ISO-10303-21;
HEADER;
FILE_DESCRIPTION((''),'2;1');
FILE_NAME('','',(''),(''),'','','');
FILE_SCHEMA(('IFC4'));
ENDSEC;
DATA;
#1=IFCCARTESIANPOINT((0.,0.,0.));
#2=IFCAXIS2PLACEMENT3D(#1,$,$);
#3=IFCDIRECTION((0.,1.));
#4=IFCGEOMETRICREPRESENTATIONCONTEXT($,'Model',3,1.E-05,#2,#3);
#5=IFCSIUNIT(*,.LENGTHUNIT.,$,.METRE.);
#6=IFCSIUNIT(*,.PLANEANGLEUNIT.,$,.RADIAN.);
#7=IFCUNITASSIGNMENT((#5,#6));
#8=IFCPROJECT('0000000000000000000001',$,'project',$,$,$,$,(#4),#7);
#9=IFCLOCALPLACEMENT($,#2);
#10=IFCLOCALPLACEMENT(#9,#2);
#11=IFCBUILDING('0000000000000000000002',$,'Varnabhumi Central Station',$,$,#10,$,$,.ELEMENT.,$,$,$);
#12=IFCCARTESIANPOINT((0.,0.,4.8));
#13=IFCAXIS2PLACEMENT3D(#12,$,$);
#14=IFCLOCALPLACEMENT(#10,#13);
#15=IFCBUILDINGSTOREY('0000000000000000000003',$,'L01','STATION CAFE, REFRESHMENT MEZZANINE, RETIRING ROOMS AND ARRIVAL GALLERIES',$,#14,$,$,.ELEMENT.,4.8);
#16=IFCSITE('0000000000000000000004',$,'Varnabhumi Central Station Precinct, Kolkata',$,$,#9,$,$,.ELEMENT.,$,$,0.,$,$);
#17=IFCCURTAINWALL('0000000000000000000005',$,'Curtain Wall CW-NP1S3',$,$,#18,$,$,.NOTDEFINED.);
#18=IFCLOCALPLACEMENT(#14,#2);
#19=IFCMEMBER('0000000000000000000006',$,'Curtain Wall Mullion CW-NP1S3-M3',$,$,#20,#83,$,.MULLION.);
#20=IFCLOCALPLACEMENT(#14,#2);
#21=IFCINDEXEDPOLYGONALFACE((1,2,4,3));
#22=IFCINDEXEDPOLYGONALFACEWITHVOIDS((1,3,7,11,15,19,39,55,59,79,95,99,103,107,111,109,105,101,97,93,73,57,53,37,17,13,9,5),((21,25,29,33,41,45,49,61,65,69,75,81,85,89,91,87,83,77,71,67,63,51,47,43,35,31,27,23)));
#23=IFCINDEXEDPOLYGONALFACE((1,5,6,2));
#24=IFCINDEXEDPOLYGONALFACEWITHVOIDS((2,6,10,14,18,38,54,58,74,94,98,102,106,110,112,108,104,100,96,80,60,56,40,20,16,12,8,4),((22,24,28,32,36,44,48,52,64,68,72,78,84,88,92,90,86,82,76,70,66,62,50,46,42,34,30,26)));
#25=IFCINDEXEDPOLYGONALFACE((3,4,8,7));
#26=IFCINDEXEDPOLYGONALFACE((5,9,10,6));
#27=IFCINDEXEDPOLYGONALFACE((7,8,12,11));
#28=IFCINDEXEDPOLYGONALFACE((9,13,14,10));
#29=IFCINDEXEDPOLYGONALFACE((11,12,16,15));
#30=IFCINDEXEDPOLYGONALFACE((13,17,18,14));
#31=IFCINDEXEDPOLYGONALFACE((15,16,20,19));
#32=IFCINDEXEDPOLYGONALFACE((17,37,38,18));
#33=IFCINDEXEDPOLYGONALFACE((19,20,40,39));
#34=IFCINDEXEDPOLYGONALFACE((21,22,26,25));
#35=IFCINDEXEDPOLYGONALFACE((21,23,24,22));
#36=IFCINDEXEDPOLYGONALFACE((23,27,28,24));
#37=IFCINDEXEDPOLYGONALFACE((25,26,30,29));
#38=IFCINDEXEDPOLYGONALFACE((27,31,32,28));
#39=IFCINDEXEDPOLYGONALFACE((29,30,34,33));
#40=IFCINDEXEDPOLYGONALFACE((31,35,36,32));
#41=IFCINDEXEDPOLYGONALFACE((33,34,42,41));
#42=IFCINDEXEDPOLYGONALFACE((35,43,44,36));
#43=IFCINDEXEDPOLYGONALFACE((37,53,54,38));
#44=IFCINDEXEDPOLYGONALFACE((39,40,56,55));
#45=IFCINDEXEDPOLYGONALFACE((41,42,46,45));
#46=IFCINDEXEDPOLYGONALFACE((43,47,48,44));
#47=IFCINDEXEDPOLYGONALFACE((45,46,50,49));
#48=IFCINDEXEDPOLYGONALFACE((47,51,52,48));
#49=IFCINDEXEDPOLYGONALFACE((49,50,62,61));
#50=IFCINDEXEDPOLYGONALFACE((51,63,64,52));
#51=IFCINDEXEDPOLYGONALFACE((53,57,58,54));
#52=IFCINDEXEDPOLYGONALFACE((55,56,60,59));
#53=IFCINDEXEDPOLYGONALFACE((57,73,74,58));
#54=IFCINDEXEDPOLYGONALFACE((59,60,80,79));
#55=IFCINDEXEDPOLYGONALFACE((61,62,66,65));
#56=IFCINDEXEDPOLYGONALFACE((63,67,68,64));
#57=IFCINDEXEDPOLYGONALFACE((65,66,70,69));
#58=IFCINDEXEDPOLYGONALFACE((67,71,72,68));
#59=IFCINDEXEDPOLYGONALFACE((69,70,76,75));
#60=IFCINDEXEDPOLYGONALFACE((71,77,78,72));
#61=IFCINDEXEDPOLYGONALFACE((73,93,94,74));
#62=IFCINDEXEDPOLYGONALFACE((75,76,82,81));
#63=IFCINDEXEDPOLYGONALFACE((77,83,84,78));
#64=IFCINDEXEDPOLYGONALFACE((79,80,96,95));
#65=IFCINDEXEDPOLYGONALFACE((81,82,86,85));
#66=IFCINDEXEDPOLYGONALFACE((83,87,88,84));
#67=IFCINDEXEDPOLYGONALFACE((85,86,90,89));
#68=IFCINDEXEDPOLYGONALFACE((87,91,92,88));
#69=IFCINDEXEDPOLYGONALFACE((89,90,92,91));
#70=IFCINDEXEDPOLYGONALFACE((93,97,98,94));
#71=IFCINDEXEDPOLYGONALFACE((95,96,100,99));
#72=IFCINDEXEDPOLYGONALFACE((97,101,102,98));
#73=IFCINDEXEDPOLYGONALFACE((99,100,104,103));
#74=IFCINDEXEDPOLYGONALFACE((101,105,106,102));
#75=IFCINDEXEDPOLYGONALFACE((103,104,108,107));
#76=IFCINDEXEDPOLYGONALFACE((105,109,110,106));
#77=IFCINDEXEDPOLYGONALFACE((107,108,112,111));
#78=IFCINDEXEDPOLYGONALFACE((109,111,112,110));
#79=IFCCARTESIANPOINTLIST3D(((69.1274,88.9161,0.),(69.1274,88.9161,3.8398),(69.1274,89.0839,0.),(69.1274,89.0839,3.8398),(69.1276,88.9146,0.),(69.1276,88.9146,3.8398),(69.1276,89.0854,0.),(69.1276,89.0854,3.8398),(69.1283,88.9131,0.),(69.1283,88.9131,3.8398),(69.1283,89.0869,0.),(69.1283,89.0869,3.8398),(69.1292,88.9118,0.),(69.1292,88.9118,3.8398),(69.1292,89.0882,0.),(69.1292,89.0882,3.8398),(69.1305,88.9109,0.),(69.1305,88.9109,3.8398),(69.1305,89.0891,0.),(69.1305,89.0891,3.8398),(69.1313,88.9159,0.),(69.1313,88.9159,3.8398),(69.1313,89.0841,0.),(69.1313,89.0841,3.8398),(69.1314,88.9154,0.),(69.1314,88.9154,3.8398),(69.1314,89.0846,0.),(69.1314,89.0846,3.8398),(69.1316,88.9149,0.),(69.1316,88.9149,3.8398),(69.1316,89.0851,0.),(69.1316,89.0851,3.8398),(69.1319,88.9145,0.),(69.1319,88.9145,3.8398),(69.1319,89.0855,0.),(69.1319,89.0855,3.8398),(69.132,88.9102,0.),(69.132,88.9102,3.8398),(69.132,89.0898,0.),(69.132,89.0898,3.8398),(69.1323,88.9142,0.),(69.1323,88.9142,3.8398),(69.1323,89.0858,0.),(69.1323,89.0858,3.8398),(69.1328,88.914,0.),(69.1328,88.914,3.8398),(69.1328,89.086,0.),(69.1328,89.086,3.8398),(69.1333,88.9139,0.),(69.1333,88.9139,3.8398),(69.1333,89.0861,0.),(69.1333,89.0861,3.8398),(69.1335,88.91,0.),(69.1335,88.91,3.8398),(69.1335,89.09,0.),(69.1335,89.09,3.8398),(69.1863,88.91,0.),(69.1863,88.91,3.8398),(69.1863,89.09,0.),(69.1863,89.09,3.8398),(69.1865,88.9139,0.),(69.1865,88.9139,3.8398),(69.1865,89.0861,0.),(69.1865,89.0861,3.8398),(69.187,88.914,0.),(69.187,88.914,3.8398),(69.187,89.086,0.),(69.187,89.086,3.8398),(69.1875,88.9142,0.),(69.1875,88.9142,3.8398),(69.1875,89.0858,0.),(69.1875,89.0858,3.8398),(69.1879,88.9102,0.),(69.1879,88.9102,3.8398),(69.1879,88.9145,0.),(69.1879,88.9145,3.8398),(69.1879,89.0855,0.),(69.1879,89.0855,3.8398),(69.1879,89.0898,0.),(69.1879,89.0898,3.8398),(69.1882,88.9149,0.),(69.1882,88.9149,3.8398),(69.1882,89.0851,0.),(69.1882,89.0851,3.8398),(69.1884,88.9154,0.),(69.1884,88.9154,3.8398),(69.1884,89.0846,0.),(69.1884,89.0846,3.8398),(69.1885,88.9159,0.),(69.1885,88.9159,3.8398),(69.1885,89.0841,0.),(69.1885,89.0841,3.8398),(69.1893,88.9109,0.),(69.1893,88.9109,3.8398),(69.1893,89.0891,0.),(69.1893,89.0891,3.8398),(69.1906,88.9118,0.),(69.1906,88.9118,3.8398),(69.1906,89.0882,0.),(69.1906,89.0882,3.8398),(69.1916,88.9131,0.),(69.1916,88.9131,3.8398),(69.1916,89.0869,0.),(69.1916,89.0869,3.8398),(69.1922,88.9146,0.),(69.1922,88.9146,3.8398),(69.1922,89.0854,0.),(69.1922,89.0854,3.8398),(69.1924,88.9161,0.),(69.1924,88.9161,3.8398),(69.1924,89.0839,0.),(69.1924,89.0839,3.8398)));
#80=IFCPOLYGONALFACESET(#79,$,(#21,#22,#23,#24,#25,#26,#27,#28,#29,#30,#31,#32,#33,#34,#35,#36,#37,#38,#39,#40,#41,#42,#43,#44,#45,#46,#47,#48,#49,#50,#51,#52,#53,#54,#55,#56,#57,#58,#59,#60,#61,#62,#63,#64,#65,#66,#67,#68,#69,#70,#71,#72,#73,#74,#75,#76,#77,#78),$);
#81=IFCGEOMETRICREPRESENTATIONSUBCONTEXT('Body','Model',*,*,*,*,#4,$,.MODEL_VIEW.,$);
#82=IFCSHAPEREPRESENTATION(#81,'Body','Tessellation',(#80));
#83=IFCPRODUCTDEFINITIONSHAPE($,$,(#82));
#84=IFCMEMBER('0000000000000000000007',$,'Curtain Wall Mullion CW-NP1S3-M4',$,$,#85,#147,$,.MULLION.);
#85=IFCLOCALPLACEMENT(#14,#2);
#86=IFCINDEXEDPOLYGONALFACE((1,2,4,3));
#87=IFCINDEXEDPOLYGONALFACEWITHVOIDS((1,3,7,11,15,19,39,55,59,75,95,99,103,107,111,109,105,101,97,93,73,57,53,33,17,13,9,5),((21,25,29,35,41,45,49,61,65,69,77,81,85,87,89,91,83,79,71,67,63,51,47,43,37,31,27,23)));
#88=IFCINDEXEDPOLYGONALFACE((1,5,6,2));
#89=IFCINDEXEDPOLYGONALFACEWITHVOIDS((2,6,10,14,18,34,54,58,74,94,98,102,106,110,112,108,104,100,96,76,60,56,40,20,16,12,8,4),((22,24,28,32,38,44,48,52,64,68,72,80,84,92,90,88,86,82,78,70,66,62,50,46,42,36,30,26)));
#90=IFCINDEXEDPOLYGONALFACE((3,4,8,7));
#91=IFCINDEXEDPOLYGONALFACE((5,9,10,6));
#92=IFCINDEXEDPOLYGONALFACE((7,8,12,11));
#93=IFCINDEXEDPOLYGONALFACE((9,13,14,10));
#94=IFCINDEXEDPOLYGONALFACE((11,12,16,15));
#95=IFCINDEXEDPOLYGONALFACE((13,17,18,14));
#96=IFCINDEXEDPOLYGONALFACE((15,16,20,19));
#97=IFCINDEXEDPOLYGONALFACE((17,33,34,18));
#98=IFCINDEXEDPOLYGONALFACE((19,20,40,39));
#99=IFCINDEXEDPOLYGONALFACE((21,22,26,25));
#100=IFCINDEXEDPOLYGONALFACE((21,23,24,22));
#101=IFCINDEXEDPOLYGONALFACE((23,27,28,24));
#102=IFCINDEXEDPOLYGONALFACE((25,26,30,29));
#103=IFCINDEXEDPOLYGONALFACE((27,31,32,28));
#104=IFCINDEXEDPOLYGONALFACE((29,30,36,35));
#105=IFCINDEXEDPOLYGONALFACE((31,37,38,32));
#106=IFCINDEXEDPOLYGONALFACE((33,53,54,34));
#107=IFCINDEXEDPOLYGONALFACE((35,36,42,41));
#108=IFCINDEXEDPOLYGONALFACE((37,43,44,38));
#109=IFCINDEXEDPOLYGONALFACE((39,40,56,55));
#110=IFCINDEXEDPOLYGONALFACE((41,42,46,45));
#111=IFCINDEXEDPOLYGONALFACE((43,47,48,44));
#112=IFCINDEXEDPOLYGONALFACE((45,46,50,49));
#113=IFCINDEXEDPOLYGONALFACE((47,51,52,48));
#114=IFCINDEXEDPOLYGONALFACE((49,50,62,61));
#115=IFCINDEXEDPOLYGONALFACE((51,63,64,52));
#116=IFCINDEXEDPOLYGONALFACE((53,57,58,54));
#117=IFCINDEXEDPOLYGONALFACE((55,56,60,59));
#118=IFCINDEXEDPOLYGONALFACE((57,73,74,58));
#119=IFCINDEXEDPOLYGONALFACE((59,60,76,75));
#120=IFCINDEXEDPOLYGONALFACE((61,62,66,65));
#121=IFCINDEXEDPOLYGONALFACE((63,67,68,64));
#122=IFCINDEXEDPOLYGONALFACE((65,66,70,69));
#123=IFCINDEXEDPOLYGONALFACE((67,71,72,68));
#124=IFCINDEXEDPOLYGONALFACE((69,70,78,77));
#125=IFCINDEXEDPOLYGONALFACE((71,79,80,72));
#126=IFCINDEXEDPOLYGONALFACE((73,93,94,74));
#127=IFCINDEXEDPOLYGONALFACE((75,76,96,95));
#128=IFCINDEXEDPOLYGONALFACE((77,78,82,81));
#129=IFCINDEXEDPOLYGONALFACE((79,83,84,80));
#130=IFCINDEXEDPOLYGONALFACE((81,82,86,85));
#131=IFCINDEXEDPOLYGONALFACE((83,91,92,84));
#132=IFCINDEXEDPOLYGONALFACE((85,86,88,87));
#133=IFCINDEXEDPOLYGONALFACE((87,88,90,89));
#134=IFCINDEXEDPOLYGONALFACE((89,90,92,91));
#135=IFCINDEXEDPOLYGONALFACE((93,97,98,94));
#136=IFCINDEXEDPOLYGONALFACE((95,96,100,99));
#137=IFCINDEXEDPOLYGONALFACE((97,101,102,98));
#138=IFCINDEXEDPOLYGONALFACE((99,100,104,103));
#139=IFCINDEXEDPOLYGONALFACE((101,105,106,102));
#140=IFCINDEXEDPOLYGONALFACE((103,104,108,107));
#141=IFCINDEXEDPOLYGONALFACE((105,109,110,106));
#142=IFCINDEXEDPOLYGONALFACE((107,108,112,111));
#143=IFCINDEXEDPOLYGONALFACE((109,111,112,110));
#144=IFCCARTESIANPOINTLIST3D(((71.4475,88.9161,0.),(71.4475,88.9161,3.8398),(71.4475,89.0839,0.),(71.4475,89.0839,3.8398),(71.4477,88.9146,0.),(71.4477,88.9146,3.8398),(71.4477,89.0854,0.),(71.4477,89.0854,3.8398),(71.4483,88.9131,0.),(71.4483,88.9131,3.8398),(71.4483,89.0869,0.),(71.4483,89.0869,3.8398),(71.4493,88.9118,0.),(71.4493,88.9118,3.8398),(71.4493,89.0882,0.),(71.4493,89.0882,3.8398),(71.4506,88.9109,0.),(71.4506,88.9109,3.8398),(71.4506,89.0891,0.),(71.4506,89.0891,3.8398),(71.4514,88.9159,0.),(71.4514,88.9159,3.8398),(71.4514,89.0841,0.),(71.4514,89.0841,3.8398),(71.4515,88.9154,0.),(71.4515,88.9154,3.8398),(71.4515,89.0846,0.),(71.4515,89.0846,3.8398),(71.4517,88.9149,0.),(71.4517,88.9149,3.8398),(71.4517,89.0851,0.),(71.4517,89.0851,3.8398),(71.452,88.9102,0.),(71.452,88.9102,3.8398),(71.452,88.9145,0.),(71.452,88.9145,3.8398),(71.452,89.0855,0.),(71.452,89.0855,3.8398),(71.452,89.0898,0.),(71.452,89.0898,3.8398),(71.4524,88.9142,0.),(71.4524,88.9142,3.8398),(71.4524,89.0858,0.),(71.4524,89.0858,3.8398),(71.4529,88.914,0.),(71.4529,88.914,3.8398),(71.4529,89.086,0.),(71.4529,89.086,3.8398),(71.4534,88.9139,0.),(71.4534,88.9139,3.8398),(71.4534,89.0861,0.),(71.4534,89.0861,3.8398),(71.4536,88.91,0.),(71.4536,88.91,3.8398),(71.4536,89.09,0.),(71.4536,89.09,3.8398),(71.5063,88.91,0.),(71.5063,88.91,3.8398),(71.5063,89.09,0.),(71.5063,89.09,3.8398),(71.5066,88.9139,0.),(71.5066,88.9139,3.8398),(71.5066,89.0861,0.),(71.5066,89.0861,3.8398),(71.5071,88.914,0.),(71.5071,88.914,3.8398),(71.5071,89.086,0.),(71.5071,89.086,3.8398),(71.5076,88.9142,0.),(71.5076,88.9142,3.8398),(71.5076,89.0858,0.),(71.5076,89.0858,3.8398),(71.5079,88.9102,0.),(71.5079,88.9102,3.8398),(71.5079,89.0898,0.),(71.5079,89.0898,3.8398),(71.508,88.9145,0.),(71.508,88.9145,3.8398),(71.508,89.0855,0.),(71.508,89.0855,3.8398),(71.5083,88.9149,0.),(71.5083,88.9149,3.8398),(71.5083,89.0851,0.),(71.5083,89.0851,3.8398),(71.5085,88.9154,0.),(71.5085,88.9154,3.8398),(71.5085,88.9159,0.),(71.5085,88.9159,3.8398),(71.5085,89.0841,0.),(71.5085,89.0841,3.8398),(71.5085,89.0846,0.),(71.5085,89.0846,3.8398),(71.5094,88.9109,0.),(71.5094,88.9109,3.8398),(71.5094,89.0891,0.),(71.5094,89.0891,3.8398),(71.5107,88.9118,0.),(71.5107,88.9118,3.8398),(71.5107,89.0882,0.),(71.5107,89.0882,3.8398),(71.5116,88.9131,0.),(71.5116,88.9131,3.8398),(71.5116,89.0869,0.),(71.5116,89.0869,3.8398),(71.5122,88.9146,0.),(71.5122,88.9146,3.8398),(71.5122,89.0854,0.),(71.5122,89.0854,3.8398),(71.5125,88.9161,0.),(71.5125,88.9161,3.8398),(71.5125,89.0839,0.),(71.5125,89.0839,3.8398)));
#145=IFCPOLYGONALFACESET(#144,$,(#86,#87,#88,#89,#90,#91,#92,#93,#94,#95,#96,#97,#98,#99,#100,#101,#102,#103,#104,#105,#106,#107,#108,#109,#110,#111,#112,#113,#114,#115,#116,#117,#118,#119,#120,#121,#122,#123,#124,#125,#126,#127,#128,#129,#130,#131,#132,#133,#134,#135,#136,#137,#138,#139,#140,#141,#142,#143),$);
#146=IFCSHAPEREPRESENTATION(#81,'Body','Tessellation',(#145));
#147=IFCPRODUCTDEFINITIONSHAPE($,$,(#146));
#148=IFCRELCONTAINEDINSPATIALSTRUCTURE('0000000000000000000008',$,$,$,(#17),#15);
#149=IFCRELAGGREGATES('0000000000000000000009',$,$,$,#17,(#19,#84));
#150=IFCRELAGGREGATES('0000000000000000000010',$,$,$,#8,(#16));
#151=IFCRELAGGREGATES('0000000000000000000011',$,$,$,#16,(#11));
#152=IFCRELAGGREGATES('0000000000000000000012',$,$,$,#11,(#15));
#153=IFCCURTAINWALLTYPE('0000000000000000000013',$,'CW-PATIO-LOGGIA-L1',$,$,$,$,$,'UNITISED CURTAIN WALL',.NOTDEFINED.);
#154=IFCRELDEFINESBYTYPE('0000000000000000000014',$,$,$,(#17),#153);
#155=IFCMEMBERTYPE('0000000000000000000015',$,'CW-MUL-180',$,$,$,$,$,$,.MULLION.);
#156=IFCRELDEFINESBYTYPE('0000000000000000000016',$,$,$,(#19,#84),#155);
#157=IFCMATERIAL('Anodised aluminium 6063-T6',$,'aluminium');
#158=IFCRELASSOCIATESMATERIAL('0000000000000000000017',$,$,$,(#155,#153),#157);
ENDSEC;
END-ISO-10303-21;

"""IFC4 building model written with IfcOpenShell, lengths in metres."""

from ifc_helpers import new_model, si_unit, direction, frame, origin, origin_2d, place, context, subcontext, project, spatial, hollow_rectangle, extrude, material, material_profile, profile_set, type_object, element, aggregate, save


model = new_model("IFC4")

# Units and contexts
model_context = context("Model", 3, precision=1e-05, world=origin(), true_north=direction((0.0, 1.0)))
body_context = subcontext(model_context, "Body", "Model", "MODEL_VIEW")
ifc_project = project(units=[si_unit("LENGTHUNIT", "METRE"), si_unit("PLANEANGLEUNIT", "RADIAN")], contexts=[model_context])

# Site, building, storey
site_placement = place(None, origin())
site = spatial("IfcSite", under=ifc_project, at=site_placement, Name="Varnabhumi Central Station Precinct, Kolkata", CompositionType="ELEMENT", RefElevation=0.0)
building_placement = place(site_placement, origin())
building = spatial("IfcBuilding", under=site, at=building_placement, Name="Varnabhumi Central Station", CompositionType="ELEMENT")
storey_placement = place(building_placement, frame((0.0, 0.0, 4.8)))
storey = spatial("IfcBuildingStorey", under=building, at=storey_placement, Name="L01", Description="STATION CAFE, REFRESHMENT MEZZANINE, RETIRING ROOMS AND ARRIVAL GALLERIES", CompositionType="ELEMENT", Elevation=4.8)

# Curtain wall, members
ifc_material_1 = material(Name="Anodised aluminium 6063-T6", Category="aluminium")
ifc_material_profile_1 = material_profile(ifc_material_1, hollow_rectangle(XDim=0.0649, YDim=0.1799, WallThickness=0.0039, InnerFilletRadius=0.002, OuterFilletRadius=0.0061, at=origin_2d()), Name="Anodised aluminium 6063-T6", Category="aluminium")
ifc_profile_set_1 = profile_set([ifc_material_profile_1], Name="Anodised aluminium 6063-T6")
member_type_1 = type_object("IfcMemberType", Name="CW-MUL-180", PredefinedType="MULLION", material=ifc_profile_set_1)
curtain_wall_type_1 = type_object("IfcCurtainWallType", Name="CW-PATIO-LOGGIA-L1", ElementType="UNITISED CURTAIN WALL", PredefinedType="NOTDEFINED", material=ifc_material_1)
curtain_wall_1_placement = place(storey_placement, origin())
curtain_wall_1 = element("IfcCurtainWall", 1, at=curtain_wall_1_placement, inside=storey, type_object=curtain_wall_type_1, Name="Curtain Wall CW-NP1S3", PredefinedType="NOTDEFINED")
member_1_placement = place(storey_placement, frame((69.1599, 89.0, 0.0), z_axis=(0.0, 0.0, 1.0), x_axis=(1.0, 0.0, 0.0)))
member_1 = element("IfcMember", 2, at=member_1_placement, type_object=member_type_1, Name="Curtain Wall Mullion CW-NP1S3-M3", PredefinedType="MULLION", context=body_context, shape_type="SweptSolid", body=[
    extrude(hollow_rectangle(XDim=0.0649, YDim=0.1799, WallThickness=0.0039, InnerFilletRadius=0.002, OuterFilletRadius=0.0061, at=origin_2d()), origin(), (0.0, 0.0, 1.0), 3.8398),
])
member_2_placement = place(storey_placement, frame((71.48, 89.0, 0.0), z_axis=(0.0, 0.0, 1.0), x_axis=(1.0, 0.0, 0.0)))
member_2 = element("IfcMember", 3, at=member_2_placement, type_object=member_type_1, Name="Curtain Wall Mullion CW-NP1S3-M4", PredefinedType="MULLION", context=body_context, shape_type="SweptSolid", body=[
    extrude(hollow_rectangle(XDim=0.0649, YDim=0.1799, WallThickness=0.0039, InnerFilletRadius=0.002, OuterFilletRadius=0.0061, at=origin_2d()), origin(), (0.0, 0.0, 1.0), 3.8398),
])

aggregate(curtain_wall_1, [member_1, member_2])

save(model, "model.ifc")
